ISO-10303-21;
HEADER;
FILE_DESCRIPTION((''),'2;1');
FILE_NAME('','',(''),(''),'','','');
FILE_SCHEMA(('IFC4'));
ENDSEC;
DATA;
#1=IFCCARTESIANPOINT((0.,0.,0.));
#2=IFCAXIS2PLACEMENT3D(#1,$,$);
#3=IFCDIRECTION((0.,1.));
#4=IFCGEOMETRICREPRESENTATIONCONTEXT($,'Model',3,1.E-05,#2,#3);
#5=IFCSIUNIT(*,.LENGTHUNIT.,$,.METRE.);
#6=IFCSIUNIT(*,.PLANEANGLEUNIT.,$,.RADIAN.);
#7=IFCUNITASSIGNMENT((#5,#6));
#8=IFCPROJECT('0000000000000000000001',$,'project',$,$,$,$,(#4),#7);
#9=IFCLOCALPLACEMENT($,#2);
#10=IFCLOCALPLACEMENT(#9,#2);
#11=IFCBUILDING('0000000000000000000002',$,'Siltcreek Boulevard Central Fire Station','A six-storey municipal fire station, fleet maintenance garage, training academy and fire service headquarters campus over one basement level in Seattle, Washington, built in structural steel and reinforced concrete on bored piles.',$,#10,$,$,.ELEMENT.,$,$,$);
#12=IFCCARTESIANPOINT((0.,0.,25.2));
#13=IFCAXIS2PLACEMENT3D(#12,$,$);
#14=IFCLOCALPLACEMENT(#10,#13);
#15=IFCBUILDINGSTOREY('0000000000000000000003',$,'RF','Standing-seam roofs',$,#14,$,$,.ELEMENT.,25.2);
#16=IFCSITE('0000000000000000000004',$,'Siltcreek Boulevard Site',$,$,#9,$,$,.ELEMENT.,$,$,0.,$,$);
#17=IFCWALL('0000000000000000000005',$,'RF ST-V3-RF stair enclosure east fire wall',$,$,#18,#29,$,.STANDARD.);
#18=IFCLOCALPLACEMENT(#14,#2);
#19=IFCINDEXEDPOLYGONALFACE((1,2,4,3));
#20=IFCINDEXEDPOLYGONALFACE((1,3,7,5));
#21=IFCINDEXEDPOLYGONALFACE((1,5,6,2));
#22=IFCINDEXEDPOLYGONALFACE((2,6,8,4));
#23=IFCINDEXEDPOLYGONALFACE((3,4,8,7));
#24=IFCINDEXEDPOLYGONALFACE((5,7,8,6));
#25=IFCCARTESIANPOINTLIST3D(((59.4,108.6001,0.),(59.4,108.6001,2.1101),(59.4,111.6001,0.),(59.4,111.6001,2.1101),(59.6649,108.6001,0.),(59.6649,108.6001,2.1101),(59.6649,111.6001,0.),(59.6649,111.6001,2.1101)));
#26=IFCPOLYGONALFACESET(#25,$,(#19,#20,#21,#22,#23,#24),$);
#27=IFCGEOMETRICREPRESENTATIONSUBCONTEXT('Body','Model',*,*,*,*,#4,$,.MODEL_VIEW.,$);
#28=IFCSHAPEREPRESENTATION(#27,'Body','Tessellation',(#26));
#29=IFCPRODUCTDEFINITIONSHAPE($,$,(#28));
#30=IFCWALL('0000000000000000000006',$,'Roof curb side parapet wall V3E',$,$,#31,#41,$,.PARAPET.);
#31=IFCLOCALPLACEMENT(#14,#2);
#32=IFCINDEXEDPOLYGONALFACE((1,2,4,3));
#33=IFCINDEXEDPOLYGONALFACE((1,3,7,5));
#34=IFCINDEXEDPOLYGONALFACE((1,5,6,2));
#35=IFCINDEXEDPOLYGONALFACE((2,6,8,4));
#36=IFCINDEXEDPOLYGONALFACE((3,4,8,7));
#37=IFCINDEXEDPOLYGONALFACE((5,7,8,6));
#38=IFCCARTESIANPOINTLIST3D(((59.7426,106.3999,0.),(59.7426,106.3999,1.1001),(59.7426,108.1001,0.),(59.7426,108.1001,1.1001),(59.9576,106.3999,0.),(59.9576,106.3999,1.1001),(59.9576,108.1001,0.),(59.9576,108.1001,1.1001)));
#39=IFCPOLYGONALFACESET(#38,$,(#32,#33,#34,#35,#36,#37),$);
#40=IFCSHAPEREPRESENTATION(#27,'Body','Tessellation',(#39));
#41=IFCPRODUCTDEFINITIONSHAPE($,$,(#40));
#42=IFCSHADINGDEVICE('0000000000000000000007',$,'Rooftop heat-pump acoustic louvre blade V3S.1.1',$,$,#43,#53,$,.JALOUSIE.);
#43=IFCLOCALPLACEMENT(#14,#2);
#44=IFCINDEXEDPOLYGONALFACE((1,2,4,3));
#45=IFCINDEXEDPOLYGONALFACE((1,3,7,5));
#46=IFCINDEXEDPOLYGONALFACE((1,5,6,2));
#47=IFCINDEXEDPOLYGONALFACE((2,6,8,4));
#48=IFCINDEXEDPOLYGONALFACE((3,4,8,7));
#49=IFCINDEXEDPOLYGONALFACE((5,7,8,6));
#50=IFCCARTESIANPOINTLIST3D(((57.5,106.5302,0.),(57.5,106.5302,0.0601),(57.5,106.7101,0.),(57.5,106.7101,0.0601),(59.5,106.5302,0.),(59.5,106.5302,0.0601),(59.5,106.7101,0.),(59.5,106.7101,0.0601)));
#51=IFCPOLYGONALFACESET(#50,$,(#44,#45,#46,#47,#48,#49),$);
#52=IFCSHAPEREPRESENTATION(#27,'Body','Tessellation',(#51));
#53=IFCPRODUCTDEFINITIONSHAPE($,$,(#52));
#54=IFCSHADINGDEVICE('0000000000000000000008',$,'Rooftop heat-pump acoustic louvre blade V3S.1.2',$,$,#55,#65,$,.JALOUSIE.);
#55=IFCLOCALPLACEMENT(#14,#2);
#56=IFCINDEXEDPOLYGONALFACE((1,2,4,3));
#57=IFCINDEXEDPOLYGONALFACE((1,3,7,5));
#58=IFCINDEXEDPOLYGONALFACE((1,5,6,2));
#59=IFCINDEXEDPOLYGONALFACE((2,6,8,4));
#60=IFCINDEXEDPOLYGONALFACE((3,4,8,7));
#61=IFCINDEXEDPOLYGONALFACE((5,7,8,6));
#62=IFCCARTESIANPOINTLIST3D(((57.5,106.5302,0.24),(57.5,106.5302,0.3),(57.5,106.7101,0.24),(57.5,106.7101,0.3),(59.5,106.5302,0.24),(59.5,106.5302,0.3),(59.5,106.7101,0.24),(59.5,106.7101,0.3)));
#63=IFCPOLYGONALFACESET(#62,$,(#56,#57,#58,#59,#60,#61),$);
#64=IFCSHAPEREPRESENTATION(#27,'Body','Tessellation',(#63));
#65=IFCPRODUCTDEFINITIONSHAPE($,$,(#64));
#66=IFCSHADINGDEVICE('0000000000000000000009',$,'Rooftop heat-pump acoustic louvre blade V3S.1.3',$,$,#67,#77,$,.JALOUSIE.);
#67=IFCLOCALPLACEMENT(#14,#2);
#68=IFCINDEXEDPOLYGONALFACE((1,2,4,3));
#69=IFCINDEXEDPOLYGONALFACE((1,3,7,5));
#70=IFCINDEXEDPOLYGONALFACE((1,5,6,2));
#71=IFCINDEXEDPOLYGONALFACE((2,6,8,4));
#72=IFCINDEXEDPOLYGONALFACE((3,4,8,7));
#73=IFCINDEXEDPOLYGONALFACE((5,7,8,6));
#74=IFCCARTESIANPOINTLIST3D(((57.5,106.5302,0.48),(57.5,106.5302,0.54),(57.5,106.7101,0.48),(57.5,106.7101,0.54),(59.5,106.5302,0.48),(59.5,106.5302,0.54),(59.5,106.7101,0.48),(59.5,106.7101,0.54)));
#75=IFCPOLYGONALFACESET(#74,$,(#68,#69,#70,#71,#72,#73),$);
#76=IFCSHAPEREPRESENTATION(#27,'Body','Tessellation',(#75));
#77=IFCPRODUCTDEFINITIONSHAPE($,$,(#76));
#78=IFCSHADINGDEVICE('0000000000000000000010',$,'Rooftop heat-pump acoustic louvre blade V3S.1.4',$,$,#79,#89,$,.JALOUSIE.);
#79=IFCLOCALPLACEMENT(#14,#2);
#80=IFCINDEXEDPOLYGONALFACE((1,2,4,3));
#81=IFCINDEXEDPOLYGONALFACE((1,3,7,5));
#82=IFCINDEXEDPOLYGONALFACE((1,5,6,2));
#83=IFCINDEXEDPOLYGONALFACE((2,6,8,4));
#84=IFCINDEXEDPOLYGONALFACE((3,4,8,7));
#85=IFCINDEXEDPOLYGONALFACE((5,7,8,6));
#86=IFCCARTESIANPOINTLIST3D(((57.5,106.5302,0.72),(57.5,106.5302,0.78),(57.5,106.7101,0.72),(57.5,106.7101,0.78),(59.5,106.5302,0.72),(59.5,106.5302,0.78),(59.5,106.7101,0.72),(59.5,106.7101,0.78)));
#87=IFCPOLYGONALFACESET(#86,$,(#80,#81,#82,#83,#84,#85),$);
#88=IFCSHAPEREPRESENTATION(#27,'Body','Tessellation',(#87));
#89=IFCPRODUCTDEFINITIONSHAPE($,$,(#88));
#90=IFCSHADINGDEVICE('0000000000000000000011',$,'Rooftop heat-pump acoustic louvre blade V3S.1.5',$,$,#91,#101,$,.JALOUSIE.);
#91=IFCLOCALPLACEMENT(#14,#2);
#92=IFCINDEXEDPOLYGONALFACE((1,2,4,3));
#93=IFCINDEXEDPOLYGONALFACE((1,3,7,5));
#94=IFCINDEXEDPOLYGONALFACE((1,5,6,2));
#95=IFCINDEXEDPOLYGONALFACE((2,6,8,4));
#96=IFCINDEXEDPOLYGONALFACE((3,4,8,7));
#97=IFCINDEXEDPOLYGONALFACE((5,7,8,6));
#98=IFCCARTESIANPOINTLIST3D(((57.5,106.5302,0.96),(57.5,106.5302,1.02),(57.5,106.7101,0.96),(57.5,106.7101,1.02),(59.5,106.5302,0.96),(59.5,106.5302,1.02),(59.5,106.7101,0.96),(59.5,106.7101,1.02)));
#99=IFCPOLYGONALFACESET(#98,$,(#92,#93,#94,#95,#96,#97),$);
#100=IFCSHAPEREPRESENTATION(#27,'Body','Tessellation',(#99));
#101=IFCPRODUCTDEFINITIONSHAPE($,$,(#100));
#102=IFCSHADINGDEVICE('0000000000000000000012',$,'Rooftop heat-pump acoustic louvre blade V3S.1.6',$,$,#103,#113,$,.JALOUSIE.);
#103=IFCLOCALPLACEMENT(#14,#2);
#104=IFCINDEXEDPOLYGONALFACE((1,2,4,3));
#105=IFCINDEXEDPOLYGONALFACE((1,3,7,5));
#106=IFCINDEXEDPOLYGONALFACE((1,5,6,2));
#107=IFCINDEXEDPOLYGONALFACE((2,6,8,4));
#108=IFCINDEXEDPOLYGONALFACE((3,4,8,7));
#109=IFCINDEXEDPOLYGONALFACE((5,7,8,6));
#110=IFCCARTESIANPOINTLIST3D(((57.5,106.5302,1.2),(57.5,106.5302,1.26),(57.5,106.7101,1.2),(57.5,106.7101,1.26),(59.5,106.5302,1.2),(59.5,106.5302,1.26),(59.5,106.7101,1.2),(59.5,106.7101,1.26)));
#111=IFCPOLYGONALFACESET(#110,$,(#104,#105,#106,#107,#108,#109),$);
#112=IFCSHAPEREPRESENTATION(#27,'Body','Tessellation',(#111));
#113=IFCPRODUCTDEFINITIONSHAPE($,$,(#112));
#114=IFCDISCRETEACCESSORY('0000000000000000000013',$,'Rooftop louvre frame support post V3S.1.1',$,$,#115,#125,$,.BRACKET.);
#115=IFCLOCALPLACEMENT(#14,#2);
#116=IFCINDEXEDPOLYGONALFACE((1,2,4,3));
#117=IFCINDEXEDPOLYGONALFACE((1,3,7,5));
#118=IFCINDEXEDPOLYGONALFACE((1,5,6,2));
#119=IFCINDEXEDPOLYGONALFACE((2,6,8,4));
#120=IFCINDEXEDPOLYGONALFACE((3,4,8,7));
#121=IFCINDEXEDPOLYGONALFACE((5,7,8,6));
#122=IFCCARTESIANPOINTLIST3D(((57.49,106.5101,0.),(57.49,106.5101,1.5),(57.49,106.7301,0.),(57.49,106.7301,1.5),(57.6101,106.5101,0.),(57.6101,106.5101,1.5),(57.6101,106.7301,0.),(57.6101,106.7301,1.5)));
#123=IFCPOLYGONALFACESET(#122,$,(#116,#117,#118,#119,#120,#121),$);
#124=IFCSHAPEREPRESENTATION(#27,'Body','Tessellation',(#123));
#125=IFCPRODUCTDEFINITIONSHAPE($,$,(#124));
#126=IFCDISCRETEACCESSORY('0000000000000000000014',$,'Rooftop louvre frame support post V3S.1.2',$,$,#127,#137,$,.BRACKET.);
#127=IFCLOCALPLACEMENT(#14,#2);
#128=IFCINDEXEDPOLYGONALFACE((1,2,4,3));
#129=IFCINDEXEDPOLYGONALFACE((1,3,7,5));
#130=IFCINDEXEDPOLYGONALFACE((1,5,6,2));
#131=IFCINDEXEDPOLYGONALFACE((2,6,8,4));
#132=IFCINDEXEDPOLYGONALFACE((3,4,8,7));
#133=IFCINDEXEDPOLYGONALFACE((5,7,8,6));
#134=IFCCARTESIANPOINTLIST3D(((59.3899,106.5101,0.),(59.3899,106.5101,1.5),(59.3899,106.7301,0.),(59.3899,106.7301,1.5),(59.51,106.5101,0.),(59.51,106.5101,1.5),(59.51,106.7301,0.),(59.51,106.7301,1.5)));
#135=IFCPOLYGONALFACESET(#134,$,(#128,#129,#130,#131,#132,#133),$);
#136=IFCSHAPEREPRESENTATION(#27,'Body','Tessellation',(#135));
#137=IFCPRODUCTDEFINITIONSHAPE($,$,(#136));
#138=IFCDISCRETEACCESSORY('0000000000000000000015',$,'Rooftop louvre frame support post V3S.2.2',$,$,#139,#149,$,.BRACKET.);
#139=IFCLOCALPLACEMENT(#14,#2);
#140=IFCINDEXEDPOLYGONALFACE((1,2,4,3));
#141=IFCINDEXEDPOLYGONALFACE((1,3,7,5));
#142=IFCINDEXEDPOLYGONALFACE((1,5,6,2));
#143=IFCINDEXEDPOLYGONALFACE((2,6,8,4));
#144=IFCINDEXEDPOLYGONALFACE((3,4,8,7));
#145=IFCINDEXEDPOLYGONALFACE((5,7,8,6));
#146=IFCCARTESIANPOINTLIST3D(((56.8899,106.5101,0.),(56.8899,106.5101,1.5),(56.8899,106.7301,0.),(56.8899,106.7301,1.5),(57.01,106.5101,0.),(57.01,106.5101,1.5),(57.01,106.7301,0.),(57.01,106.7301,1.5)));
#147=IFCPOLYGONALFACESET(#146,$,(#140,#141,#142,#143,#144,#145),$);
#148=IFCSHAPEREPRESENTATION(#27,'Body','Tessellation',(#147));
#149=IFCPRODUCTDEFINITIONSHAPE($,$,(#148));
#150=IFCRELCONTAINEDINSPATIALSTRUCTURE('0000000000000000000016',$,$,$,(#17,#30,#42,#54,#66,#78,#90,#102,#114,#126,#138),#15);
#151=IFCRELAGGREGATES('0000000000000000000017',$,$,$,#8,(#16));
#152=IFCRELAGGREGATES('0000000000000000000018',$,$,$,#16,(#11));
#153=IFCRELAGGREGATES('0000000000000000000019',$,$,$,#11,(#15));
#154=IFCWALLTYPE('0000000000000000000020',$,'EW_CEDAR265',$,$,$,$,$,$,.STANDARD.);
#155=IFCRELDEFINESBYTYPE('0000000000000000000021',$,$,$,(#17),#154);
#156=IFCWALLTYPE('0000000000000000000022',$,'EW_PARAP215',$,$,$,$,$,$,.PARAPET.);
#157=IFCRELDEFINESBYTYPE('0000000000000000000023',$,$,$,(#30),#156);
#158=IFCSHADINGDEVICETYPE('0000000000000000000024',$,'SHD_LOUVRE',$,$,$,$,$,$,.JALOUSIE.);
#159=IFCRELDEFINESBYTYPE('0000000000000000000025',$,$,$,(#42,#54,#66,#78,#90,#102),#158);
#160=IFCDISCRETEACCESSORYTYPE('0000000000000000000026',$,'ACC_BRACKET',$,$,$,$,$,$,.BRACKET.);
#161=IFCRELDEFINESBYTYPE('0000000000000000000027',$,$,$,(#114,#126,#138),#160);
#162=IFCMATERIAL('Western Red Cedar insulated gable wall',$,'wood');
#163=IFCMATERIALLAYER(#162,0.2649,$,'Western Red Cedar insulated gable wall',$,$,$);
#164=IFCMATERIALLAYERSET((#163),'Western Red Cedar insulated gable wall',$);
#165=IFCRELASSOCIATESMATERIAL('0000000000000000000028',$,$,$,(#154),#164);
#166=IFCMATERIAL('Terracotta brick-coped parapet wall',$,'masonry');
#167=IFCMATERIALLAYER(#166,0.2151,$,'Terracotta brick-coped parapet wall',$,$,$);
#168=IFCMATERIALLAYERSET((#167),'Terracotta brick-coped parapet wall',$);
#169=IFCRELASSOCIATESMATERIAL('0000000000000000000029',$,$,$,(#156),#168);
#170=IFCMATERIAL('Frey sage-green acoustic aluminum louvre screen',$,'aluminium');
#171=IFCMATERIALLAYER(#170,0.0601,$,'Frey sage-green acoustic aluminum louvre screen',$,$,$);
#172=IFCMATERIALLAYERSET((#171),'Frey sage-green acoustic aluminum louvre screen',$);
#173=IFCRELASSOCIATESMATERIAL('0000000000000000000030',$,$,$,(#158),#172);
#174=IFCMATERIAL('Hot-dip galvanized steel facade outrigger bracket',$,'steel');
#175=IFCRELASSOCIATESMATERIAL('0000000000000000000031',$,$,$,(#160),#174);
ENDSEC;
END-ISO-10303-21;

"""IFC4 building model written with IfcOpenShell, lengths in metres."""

from ifc_helpers import new_model, si_unit, direction, frame, frame_2d, origin, origin_2d, place, context, subcontext, project, spatial, rectangle, extrude, material, layer, layer_set, type_object, element, save


model = new_model("IFC4")

# Units and contexts
model_context = context("Model", 3, precision=1e-05, world=origin(), true_north=direction((0.0, 1.0)))
body_context = subcontext(model_context, "Body", "Model", "MODEL_VIEW")
ifc_project = project(units=[si_unit("LENGTHUNIT", "METRE"), si_unit("PLANEANGLEUNIT", "RADIAN")], contexts=[model_context])

# Site, building, storey
site_placement = place(None, origin())
site = spatial("IfcSite", under=ifc_project, at=site_placement, Name="Siltcreek Boulevard Site", CompositionType="ELEMENT", RefElevation=0.0)
building_placement = place(site_placement, origin())
building = spatial("IfcBuilding", under=site, at=building_placement, Name="Siltcreek Boulevard Central Fire Station", Description="A six-storey municipal fire station, fleet maintenance garage, training academy and fire service headquarters campus over one basement level in Seattle, Washington, built in structural steel and reinforced concrete on bored piles.", CompositionType="ELEMENT")
storey_placement = place(building_placement, frame((0.0, 0.0, 25.2)))
storey = spatial("IfcBuildingStorey", under=building, at=storey_placement, Name="RF", Description="Standing-seam roofs", CompositionType="ELEMENT", Elevation=25.2)

# Walls
ifc_material_1 = material(Name="Western Red Cedar insulated gable wall", Category="wood")
ifc_layer_1 = layer(ifc_material_1, 0.2649, Name="Western Red Cedar insulated gable wall")
ifc_layer_set_1 = layer_set([ifc_layer_1], Name="Western Red Cedar insulated gable wall")
wall_type_1 = type_object("IfcWallType", Name="EW_CEDAR265", PredefinedType="STANDARD", material=ifc_layer_set_1)
wall_1_placement = place(storey_placement, frame((59.5325, 108.6001, 0.0), z_axis=(0.0, 0.0, 1.0), x_axis=(0.0, 1.0, 0.0)))
element("IfcWall", 1, at=wall_1_placement, inside=storey, type_object=wall_type_1, Name="RF ST-V3-RF stair enclosure east fire wall", PredefinedType="STANDARD", context=body_context, shape_type="SweptSolid", body=[
    extrude(rectangle(XDim=3.0, YDim=0.2649, at=frame_2d((1.5, 0.0))), origin(), (0.0, 0.0, 1.0), 2.1101),
])
ifc_material_2 = material(Name="Terracotta brick-coped parapet wall", Category="masonry")
ifc_layer_2 = layer(ifc_material_2, 0.2151, Name="Terracotta brick-coped parapet wall")
ifc_layer_set_2 = layer_set([ifc_layer_2], Name="Terracotta brick-coped parapet wall")
wall_type_2 = type_object("IfcWallType", Name="EW_PARAP215", PredefinedType="PARAPET", material=ifc_layer_set_2)
wall_2_placement = place(storey_placement, frame((59.8501, 106.3999, 0.0), z_axis=(0.0, 0.0, 1.0), x_axis=(0.0, 1.0, 0.0)))
element("IfcWall", 2, at=wall_2_placement, inside=storey, type_object=wall_type_2, Name="Roof curb side parapet wall V3E", PredefinedType="PARAPET", context=body_context, shape_type="SweptSolid", body=[
    extrude(rectangle(XDim=1.7002, YDim=0.2151, at=frame_2d((0.8501, 0.0))), origin(), (0.0, 0.0, 1.0), 1.1001),
])

# Shading devices
ifc_material_3 = material(Name="Frey sage-green acoustic aluminum louvre screen", Category="aluminium")
ifc_layer_3 = layer(ifc_material_3, 0.0601, Name="Frey sage-green acoustic aluminum louvre screen")
ifc_layer_set_3 = layer_set([ifc_layer_3], Name="Frey sage-green acoustic aluminum louvre screen")
shading_device_type = type_object("IfcShadingDeviceType", Name="SHD_LOUVRE", PredefinedType="JALOUSIE", material=ifc_layer_set_3)
for number, where, z_axis, x_axis, name in (
    (3, (58.5, 106.6201, 0.0), (0.0, 0.0, 1.0), (1.0, 0.0, 0.0), "Rooftop heat-pump acoustic louvre blade V3S.1.1"),
    (4, (58.5, 106.6201, 0.24), (0.0, 0.0, 1.0), (1.0, 0.0, 0.0), "Rooftop heat-pump acoustic louvre blade V3S.1.2"),
    (5, (58.5, 106.6201, 0.48), (0.0, 0.0, 1.0), (1.0, 0.0, 0.0), "Rooftop heat-pump acoustic louvre blade V3S.1.3"),
    (6, (58.5, 106.6201, 0.72), (0.0, 0.0, 1.0), (1.0, 0.0, 0.0), "Rooftop heat-pump acoustic louvre blade V3S.1.4"),
    (7, (58.5, 106.6201, 0.96), (0.0, 0.0, 1.0), (1.0, 0.0, 0.0), "Rooftop heat-pump acoustic louvre blade V3S.1.5"),
    (8, (58.5, 106.6201, 1.2), (0.0, 0.0, 1.0), (1.0, 0.0, 0.0), "Rooftop heat-pump acoustic louvre blade V3S.1.6"),
):
    element("IfcShadingDevice", number, at=place(storey_placement, frame(where, z_axis=z_axis, x_axis=x_axis)), inside=storey, type_object=shading_device_type, Name=name, PredefinedType="JALOUSIE", context=body_context, shape_type="SweptSolid", body=[
        extrude(rectangle(XDim=2.0, YDim=0.1799, at=origin_2d()), origin(), (0.0, 0.0, 1.0), 0.0601),
    ])

# Discrete accessories
ifc_material_4 = material(Name="Hot-dip galvanized steel facade outrigger bracket", Category="steel")
discrete_accessory_type = type_object("IfcDiscreteAccessoryType", Name="ACC_BRACKET", PredefinedType="BRACKET", material=ifc_material_4)
for number, where, z_axis, x_axis, name in (
    (9, (57.55, 106.6201, 0.0), (0.0, 0.0, 1.0), (1.0, 0.0, 0.0), "Rooftop louvre frame support post V3S.1.1"),
    (10, (59.45, 106.6201, 0.0), (0.0, 0.0, 1.0), (1.0, 0.0, 0.0), "Rooftop louvre frame support post V3S.1.2"),
    (11, (56.95, 106.6201, 0.0), (0.0, 0.0, 1.0), (1.0, 0.0, 0.0), "Rooftop louvre frame support post V3S.2.2"),
):
    element("IfcDiscreteAccessory", number, at=place(storey_placement, frame(where, z_axis=z_axis, x_axis=x_axis)), inside=storey, type_object=discrete_accessory_type, Name=name, PredefinedType="BRACKET", context=body_context, shape_type="SweptSolid", body=[
        extrude(rectangle(XDim=0.1201, YDim=0.22, at=origin_2d()), origin(), (0.0, 0.0, 1.0), 1.5),
    ])

save(model, "model.ifc")
